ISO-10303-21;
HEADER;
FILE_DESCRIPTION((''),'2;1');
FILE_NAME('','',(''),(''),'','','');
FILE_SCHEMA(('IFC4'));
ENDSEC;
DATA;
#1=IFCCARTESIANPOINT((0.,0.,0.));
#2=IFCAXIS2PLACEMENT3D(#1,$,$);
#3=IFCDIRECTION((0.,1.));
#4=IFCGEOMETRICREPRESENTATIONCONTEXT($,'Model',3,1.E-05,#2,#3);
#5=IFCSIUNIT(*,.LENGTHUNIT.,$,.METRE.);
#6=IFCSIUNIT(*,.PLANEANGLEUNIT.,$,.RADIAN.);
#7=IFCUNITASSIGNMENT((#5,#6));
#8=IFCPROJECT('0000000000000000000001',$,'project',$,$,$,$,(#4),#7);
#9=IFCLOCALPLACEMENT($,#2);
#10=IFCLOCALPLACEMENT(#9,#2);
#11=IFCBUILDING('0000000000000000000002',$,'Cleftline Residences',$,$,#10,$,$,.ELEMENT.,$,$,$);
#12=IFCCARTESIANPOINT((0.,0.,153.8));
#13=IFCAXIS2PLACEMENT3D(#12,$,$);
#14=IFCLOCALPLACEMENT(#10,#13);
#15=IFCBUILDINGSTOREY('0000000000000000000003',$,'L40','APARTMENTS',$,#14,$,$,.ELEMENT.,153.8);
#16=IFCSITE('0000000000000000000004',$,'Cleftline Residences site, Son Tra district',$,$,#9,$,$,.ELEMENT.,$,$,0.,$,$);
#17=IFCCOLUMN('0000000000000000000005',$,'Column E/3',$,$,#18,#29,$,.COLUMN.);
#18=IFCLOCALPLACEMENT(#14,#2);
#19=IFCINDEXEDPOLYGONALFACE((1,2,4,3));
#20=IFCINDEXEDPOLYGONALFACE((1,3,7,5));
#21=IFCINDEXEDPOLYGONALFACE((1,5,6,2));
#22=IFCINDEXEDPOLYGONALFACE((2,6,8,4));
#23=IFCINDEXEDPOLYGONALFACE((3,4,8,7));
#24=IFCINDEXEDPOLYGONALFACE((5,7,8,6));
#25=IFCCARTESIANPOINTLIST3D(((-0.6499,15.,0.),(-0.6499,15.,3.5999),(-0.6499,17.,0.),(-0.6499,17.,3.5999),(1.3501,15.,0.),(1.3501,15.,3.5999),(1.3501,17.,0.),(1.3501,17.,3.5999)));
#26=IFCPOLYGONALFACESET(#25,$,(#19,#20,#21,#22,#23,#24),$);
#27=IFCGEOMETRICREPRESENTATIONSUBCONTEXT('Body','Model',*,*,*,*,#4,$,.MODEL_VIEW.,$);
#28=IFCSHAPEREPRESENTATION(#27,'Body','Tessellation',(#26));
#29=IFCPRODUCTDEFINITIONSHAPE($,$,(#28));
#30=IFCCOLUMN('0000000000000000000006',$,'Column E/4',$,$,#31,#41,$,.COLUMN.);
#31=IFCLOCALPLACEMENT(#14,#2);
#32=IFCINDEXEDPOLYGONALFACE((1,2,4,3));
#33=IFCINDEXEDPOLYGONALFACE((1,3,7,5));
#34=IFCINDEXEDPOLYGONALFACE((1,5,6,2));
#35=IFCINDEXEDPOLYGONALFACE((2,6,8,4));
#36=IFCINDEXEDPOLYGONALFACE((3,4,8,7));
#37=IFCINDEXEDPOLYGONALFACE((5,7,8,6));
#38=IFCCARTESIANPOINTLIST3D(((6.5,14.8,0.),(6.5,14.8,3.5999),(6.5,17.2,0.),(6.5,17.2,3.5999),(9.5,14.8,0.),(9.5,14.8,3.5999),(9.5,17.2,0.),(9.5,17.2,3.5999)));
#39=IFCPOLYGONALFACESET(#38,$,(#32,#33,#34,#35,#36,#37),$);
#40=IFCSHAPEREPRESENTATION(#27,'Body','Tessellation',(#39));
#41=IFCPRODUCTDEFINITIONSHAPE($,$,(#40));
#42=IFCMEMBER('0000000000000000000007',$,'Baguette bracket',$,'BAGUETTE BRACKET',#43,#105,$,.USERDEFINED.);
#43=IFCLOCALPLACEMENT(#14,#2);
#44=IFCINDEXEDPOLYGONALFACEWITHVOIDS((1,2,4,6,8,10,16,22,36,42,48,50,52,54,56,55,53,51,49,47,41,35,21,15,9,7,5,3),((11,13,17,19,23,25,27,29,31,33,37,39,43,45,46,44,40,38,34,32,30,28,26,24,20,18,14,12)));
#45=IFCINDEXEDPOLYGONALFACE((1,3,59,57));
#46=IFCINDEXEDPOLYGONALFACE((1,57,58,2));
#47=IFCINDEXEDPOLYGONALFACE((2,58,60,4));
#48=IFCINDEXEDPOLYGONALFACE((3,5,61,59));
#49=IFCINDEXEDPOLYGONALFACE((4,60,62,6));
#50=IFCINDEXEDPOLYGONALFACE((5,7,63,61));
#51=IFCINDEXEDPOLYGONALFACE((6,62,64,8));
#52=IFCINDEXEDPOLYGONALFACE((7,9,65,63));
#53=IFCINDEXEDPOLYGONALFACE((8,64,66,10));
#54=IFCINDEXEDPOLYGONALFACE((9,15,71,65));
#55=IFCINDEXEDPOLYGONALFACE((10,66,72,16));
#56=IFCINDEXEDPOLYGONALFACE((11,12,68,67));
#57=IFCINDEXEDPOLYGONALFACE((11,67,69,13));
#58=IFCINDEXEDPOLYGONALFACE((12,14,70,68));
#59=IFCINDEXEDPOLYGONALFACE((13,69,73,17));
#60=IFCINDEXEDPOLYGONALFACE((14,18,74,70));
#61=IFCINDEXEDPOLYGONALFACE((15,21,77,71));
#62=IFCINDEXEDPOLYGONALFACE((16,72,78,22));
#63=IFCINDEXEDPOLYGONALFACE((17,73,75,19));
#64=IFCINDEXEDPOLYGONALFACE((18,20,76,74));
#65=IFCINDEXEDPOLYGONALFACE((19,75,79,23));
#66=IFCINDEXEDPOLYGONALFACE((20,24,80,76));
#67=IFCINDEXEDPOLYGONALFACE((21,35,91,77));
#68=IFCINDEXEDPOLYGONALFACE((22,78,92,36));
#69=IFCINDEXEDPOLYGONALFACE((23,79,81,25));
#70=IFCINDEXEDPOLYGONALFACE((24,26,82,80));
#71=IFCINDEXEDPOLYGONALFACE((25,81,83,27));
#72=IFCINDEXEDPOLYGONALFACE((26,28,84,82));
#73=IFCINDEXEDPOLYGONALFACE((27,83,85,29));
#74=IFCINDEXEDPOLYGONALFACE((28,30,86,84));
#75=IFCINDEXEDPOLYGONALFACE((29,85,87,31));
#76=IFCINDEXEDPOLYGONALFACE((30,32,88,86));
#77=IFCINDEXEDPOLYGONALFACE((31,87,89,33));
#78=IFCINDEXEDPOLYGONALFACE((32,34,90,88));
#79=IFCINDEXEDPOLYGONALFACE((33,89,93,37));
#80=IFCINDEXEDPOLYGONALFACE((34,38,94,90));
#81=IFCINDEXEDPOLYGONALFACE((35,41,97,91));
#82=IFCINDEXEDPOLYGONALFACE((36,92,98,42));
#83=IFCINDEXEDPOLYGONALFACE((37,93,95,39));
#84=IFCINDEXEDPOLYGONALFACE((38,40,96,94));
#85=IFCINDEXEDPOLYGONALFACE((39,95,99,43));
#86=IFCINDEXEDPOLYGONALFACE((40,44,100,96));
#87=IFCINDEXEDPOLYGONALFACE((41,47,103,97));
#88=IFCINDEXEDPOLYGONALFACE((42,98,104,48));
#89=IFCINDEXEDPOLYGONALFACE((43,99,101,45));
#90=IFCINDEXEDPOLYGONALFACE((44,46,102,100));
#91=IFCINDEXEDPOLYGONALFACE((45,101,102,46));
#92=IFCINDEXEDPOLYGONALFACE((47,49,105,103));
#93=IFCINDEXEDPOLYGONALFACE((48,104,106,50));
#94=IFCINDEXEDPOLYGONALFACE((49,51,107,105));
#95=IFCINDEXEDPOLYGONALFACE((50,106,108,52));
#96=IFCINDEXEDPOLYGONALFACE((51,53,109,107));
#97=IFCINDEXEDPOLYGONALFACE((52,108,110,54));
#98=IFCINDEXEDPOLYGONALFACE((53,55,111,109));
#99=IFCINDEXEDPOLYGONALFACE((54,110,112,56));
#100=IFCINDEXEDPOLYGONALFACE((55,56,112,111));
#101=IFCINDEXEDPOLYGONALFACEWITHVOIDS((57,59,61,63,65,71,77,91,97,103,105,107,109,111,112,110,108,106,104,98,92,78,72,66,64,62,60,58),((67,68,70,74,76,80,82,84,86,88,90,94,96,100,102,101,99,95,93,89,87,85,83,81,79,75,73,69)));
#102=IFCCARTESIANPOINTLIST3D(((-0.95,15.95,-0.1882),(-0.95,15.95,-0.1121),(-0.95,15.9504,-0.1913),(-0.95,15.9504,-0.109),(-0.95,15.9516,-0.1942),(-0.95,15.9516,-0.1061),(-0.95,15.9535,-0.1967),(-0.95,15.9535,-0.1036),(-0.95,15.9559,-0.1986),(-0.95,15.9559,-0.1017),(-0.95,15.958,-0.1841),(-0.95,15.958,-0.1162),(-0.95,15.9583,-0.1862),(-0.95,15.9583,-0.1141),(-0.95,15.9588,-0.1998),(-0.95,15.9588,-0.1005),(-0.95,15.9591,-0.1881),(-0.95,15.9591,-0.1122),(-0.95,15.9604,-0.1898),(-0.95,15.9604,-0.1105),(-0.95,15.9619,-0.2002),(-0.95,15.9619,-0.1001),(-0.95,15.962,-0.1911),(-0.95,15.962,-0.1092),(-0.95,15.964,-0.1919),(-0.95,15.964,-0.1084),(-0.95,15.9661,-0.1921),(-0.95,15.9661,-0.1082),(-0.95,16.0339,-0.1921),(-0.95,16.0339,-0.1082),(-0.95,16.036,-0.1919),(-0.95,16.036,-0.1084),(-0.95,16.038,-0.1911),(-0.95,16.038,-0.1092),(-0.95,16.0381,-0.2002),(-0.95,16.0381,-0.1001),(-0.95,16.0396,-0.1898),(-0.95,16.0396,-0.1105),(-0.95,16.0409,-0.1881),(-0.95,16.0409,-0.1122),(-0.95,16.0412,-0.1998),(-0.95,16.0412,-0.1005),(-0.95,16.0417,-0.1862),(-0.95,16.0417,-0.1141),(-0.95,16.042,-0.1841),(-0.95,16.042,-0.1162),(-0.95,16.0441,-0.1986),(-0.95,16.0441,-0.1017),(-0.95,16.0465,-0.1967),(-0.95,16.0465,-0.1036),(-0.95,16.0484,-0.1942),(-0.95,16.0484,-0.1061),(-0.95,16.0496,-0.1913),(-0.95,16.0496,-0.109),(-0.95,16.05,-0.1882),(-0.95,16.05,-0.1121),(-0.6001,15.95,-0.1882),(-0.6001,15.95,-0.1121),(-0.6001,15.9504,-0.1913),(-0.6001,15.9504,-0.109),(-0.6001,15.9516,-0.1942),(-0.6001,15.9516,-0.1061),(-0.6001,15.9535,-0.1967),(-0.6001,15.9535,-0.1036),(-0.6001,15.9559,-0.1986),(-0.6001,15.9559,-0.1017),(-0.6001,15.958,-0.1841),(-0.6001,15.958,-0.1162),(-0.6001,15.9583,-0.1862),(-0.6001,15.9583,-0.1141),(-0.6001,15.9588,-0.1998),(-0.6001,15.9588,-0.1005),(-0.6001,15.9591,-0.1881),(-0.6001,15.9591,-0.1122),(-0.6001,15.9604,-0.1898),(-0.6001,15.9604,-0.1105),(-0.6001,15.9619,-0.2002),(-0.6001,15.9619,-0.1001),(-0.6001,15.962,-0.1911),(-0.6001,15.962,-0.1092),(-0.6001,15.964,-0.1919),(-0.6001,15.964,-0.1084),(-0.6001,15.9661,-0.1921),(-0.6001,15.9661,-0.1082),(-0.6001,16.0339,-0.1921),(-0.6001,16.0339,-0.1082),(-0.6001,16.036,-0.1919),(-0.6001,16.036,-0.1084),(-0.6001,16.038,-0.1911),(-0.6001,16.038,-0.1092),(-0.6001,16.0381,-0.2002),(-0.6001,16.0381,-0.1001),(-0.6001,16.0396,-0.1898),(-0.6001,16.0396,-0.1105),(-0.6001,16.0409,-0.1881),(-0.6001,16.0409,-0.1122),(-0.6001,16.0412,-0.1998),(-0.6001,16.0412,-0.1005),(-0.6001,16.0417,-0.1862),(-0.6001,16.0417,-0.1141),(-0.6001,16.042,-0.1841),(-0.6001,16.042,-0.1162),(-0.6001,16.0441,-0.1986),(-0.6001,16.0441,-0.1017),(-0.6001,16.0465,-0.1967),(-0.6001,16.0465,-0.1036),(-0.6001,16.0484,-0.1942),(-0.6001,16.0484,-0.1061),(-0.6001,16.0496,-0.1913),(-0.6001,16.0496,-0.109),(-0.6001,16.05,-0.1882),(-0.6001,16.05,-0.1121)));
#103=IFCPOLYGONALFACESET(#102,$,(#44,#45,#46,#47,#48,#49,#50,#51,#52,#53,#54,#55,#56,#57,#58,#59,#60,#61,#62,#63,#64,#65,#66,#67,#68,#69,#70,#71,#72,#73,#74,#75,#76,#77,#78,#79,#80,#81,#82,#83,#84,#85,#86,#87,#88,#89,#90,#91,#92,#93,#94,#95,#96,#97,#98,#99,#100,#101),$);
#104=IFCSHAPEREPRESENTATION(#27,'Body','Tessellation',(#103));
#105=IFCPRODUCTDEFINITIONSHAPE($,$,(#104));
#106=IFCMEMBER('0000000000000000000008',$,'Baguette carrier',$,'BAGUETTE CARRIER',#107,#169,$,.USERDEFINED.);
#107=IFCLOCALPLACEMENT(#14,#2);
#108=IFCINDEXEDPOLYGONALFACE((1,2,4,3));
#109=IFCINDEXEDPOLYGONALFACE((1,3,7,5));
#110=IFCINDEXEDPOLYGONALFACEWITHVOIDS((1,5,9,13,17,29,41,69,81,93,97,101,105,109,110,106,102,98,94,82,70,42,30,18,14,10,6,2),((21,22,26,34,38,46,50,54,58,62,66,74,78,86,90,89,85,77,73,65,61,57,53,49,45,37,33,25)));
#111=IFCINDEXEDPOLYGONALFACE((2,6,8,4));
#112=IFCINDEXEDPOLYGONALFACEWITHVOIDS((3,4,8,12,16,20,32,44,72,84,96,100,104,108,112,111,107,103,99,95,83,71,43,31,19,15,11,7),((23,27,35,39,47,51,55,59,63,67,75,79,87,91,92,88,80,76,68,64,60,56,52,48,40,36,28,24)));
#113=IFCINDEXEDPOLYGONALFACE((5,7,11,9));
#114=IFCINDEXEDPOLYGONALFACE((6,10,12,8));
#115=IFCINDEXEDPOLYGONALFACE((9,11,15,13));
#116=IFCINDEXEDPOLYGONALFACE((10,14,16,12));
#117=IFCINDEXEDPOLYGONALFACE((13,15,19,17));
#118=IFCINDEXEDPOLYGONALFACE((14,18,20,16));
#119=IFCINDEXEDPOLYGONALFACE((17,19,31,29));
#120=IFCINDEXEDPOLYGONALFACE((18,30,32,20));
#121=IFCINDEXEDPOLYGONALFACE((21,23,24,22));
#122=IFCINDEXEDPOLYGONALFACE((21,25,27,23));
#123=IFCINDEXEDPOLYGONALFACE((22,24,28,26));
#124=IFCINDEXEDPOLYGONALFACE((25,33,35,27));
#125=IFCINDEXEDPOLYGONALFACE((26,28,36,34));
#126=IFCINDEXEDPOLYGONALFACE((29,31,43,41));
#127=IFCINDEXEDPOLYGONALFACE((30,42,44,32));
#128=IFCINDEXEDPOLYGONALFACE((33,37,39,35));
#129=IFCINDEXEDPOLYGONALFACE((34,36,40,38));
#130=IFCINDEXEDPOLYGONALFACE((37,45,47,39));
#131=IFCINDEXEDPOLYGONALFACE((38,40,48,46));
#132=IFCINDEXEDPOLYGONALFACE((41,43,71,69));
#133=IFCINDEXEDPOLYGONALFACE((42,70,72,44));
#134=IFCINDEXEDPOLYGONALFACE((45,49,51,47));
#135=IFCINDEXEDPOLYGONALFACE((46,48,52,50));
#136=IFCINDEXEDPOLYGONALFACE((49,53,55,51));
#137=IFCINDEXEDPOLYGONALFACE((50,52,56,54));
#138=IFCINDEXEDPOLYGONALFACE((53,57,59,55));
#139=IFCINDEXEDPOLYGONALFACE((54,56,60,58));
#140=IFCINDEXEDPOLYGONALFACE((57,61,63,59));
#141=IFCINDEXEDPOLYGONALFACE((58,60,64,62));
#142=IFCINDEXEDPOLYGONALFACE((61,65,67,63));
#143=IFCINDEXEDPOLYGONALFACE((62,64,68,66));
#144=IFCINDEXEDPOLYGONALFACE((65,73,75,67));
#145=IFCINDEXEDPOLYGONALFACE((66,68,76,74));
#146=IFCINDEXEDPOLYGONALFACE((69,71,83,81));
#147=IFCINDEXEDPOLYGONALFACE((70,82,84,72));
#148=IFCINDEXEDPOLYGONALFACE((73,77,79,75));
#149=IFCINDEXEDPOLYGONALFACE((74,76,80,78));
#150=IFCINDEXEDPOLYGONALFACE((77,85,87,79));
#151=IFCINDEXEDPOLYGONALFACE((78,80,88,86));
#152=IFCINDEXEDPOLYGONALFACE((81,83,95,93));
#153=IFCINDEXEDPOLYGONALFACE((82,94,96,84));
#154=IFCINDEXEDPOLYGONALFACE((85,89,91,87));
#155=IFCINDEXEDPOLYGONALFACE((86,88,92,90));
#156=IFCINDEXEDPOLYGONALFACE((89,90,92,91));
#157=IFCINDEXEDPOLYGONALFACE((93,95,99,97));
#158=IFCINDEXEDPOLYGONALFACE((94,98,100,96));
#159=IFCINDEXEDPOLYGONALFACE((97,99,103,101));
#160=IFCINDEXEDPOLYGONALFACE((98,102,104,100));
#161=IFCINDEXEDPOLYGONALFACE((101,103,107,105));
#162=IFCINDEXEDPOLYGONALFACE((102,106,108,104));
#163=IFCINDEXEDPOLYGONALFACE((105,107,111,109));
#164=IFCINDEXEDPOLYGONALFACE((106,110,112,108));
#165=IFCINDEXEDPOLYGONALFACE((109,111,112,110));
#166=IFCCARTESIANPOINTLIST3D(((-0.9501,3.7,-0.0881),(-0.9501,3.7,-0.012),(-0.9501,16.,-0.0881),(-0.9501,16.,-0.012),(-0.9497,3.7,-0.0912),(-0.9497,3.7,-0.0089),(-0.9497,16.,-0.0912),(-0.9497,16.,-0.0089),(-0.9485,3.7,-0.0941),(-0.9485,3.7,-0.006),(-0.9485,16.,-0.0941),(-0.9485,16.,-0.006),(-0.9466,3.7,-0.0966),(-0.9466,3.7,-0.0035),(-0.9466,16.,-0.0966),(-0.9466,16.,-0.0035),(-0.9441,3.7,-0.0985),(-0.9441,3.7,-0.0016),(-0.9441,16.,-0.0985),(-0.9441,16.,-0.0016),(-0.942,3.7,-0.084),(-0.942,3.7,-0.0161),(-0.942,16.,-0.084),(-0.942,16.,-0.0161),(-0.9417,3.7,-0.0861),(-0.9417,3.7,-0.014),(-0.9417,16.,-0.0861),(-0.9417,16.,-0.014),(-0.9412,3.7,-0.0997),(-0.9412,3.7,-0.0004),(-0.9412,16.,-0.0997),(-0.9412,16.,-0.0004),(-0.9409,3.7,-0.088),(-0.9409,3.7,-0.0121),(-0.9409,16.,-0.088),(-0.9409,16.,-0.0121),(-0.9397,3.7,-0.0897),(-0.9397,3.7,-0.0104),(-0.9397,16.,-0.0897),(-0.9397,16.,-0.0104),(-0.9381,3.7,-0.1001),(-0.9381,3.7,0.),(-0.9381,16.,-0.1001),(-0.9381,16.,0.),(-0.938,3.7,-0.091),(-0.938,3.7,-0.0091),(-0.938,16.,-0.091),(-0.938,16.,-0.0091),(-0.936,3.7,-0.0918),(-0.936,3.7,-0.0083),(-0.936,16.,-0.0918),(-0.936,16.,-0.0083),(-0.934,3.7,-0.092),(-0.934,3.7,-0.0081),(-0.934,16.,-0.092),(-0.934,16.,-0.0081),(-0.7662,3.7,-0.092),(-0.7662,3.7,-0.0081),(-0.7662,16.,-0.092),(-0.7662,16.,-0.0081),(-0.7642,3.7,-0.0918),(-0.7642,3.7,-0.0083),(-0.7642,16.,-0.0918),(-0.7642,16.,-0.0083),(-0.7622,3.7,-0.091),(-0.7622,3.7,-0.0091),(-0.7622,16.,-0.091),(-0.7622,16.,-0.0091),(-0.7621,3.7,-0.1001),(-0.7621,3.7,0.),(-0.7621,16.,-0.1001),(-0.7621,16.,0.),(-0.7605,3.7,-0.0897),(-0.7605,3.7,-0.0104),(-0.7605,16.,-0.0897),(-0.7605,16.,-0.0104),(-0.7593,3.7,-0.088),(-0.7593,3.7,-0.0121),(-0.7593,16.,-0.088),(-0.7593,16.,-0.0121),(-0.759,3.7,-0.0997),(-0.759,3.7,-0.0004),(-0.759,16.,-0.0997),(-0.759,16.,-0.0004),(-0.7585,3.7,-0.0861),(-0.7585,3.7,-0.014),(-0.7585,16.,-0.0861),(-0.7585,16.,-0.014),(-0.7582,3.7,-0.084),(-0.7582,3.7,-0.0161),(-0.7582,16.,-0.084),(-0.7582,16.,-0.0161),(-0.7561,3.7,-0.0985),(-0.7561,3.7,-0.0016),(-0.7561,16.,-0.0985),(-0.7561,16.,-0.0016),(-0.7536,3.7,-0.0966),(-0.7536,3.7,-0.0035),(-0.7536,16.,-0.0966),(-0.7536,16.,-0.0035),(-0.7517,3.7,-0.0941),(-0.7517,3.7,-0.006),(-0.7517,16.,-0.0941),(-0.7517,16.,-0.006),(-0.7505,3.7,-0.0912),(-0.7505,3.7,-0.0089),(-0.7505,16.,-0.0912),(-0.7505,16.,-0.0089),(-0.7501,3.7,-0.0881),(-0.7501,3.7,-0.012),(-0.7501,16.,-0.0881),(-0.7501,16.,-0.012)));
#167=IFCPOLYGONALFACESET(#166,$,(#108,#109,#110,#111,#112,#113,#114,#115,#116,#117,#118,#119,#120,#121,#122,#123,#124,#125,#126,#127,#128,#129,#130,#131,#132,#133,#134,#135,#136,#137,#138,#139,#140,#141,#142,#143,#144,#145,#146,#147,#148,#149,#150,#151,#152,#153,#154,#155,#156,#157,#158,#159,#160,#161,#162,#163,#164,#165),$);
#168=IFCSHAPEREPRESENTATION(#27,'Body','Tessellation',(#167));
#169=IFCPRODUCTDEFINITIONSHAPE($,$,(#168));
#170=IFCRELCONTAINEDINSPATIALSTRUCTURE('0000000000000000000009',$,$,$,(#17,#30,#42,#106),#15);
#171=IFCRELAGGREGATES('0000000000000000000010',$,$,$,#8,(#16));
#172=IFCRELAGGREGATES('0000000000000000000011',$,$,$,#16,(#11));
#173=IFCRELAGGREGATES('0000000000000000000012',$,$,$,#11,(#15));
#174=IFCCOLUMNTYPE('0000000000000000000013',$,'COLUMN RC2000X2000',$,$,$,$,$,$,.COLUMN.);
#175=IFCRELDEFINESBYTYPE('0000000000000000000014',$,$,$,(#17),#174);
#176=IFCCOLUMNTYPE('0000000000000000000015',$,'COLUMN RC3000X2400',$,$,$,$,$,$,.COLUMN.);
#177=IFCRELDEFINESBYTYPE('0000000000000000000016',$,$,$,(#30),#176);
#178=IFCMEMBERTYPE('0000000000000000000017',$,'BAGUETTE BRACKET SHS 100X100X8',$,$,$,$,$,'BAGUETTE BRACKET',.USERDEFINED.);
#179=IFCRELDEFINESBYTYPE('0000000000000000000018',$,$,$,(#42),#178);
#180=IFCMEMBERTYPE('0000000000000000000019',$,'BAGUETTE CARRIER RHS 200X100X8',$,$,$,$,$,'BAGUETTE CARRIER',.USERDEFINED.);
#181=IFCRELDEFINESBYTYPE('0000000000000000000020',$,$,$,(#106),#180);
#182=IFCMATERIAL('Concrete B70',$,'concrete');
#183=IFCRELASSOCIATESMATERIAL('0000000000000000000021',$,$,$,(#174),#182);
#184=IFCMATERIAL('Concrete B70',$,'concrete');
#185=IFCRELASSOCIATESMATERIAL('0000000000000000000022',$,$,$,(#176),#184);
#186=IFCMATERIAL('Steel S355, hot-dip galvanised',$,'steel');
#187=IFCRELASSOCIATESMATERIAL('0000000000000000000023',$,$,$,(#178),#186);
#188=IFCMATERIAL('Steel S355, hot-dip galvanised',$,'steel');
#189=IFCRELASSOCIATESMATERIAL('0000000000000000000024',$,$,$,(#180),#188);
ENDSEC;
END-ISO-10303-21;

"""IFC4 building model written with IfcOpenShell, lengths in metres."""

from ifc_helpers import new_model, si_unit, direction, frame, origin, origin_2d, place, context, subcontext, project, spatial, rectangle, hollow_rectangle, extrude, material, material_profile, profile_set, type_object, element, save


model = new_model("IFC4")

# Units and contexts
model_context = context("Model", 3, precision=1e-05, world=origin(), true_north=direction((0.0, 1.0)))
body_context = subcontext(model_context, "Body", "Model", "MODEL_VIEW")
ifc_project = project(units=[si_unit("LENGTHUNIT", "METRE"), si_unit("PLANEANGLEUNIT", "RADIAN")], contexts=[model_context])

# Site, building, storey
site_placement = place(None, origin())
site = spatial("IfcSite", under=ifc_project, at=site_placement, Name="Cleftline Residences site, Son Tra district", CompositionType="ELEMENT", RefElevation=0.0)
building_placement = place(site_placement, origin())
building = spatial("IfcBuilding", under=site, at=building_placement, Name="Cleftline Residences", CompositionType="ELEMENT")
storey_placement = place(building_placement, frame((0.0, 0.0, 153.8)))
storey = spatial("IfcBuildingStorey", under=building, at=storey_placement, Name="L40", Description="APARTMENTS", CompositionType="ELEMENT", Elevation=153.8)

# Columns
ifc_material_1 = material(Name="Concrete B70", Category="concrete")
ifc_material_profile_1 = material_profile(ifc_material_1, rectangle(XDim=2.0, YDim=2.0, at=origin_2d()))
ifc_profile_set_1 = profile_set([ifc_material_profile_1], Name="Concrete B70")
column_type_1 = type_object("IfcColumnType", Name="COLUMN RC2000X2000", PredefinedType="COLUMN", material=ifc_profile_set_1)
column_1_placement = place(storey_placement, frame((0.3501, 16.0, 0.0), z_axis=(0.0, 0.0, 1.0), x_axis=(1.0, 0.0, 0.0)))
element("IfcColumn", 1, at=column_1_placement, inside=storey, type_object=column_type_1, Name="Column E/3", PredefinedType="COLUMN", context=body_context, shape_type="SweptSolid", body=[
    extrude(rectangle(XDim=2.0, YDim=2.0, at=origin_2d()), origin(), (0.0, 0.0, 1.0), 3.5999),
])
ifc_material_2 = material(Name="Concrete B70", Category="concrete")
ifc_material_profile_2 = material_profile(ifc_material_2, rectangle(XDim=3.0, YDim=2.3999, at=origin_2d()))
ifc_profile_set_2 = profile_set([ifc_material_profile_2], Name="Concrete B70")
column_type_2 = type_object("IfcColumnType", Name="COLUMN RC3000X2400", PredefinedType="COLUMN", material=ifc_profile_set_2)
column_2_placement = place(storey_placement, frame((8.0, 16.0, 0.0), z_axis=(0.0, 0.0, 1.0), x_axis=(1.0, 0.0, 0.0)))
element("IfcColumn", 2, at=column_2_placement, inside=storey, type_object=column_type_2, Name="Column E/4", PredefinedType="COLUMN", context=body_context, shape_type="SweptSolid", body=[
    extrude(rectangle(XDim=3.0, YDim=2.3999, at=origin_2d()), origin(), (0.0, 0.0, 1.0), 3.5999),
])

# Members
ifc_material_3 = material(Name="Steel S355, hot-dip galvanised", Category="steel")
ifc_material_profile_3 = material_profile(ifc_material_3, hollow_rectangle(XDim=0.1001, YDim=0.1001, WallThickness=0.0081, InnerFilletRadius=0.0081, OuterFilletRadius=0.012, at=origin_2d()))
ifc_profile_set_3 = profile_set([ifc_material_profile_3], Name="Steel S355, hot-dip galvanised")
member_type_1 = type_object("IfcMemberType", Name="BAGUETTE BRACKET SHS 100X100X8", ElementType="BAGUETTE BRACKET", PredefinedType="USERDEFINED", material=ifc_profile_set_3)
member_1_placement = place(storey_placement, frame((-0.6001, 16.0, -0.1501), z_axis=(-1.0, 0.0, 0.0), x_axis=(0.0, -1.0, 0.0)))
element("IfcMember", 3, at=member_1_placement, inside=storey, type_object=member_type_1, Name="Baguette bracket", ObjectType="BAGUETTE BRACKET", PredefinedType="USERDEFINED", context=body_context, shape_type="SweptSolid", body=[
    extrude(hollow_rectangle(XDim=0.1001, YDim=0.1001, WallThickness=0.0081, InnerFilletRadius=0.0081, OuterFilletRadius=0.012, at=origin_2d()), origin(), (0.0, 0.0, 1.0), 0.3499),
])
ifc_material_4 = material(Name="Steel S355, hot-dip galvanised", Category="steel")
ifc_material_profile_4 = material_profile(ifc_material_4, hollow_rectangle(XDim=0.1001, YDim=0.2, WallThickness=0.0081, InnerFilletRadius=0.0081, OuterFilletRadius=0.012, at=origin_2d()))
ifc_profile_set_4 = profile_set([ifc_material_profile_4], Name="Steel S355, hot-dip galvanised")
member_type_2 = type_object("IfcMemberType", Name="BAGUETTE CARRIER RHS 200X100X8", ElementType="BAGUETTE CARRIER", PredefinedType="USERDEFINED", material=ifc_profile_set_4)
member_2_placement = place(storey_placement, frame((-0.8501, 16.0, -0.05), z_axis=(0.0, -1.0, 0.0), x_axis=(0.0, 0.0, 1.0)))
element("IfcMember", 4, at=member_2_placement, inside=storey, type_object=member_type_2, Name="Baguette carrier", ObjectType="BAGUETTE CARRIER", PredefinedType="USERDEFINED", context=body_context, shape_type="SweptSolid", body=[
    extrude(hollow_rectangle(XDim=0.1001, YDim=0.2, WallThickness=0.0081, InnerFilletRadius=0.0081, OuterFilletRadius=0.012, at=origin_2d()), origin(), (0.0, 0.0, 1.0), 12.3),
])

save(model, "model.ifc")
